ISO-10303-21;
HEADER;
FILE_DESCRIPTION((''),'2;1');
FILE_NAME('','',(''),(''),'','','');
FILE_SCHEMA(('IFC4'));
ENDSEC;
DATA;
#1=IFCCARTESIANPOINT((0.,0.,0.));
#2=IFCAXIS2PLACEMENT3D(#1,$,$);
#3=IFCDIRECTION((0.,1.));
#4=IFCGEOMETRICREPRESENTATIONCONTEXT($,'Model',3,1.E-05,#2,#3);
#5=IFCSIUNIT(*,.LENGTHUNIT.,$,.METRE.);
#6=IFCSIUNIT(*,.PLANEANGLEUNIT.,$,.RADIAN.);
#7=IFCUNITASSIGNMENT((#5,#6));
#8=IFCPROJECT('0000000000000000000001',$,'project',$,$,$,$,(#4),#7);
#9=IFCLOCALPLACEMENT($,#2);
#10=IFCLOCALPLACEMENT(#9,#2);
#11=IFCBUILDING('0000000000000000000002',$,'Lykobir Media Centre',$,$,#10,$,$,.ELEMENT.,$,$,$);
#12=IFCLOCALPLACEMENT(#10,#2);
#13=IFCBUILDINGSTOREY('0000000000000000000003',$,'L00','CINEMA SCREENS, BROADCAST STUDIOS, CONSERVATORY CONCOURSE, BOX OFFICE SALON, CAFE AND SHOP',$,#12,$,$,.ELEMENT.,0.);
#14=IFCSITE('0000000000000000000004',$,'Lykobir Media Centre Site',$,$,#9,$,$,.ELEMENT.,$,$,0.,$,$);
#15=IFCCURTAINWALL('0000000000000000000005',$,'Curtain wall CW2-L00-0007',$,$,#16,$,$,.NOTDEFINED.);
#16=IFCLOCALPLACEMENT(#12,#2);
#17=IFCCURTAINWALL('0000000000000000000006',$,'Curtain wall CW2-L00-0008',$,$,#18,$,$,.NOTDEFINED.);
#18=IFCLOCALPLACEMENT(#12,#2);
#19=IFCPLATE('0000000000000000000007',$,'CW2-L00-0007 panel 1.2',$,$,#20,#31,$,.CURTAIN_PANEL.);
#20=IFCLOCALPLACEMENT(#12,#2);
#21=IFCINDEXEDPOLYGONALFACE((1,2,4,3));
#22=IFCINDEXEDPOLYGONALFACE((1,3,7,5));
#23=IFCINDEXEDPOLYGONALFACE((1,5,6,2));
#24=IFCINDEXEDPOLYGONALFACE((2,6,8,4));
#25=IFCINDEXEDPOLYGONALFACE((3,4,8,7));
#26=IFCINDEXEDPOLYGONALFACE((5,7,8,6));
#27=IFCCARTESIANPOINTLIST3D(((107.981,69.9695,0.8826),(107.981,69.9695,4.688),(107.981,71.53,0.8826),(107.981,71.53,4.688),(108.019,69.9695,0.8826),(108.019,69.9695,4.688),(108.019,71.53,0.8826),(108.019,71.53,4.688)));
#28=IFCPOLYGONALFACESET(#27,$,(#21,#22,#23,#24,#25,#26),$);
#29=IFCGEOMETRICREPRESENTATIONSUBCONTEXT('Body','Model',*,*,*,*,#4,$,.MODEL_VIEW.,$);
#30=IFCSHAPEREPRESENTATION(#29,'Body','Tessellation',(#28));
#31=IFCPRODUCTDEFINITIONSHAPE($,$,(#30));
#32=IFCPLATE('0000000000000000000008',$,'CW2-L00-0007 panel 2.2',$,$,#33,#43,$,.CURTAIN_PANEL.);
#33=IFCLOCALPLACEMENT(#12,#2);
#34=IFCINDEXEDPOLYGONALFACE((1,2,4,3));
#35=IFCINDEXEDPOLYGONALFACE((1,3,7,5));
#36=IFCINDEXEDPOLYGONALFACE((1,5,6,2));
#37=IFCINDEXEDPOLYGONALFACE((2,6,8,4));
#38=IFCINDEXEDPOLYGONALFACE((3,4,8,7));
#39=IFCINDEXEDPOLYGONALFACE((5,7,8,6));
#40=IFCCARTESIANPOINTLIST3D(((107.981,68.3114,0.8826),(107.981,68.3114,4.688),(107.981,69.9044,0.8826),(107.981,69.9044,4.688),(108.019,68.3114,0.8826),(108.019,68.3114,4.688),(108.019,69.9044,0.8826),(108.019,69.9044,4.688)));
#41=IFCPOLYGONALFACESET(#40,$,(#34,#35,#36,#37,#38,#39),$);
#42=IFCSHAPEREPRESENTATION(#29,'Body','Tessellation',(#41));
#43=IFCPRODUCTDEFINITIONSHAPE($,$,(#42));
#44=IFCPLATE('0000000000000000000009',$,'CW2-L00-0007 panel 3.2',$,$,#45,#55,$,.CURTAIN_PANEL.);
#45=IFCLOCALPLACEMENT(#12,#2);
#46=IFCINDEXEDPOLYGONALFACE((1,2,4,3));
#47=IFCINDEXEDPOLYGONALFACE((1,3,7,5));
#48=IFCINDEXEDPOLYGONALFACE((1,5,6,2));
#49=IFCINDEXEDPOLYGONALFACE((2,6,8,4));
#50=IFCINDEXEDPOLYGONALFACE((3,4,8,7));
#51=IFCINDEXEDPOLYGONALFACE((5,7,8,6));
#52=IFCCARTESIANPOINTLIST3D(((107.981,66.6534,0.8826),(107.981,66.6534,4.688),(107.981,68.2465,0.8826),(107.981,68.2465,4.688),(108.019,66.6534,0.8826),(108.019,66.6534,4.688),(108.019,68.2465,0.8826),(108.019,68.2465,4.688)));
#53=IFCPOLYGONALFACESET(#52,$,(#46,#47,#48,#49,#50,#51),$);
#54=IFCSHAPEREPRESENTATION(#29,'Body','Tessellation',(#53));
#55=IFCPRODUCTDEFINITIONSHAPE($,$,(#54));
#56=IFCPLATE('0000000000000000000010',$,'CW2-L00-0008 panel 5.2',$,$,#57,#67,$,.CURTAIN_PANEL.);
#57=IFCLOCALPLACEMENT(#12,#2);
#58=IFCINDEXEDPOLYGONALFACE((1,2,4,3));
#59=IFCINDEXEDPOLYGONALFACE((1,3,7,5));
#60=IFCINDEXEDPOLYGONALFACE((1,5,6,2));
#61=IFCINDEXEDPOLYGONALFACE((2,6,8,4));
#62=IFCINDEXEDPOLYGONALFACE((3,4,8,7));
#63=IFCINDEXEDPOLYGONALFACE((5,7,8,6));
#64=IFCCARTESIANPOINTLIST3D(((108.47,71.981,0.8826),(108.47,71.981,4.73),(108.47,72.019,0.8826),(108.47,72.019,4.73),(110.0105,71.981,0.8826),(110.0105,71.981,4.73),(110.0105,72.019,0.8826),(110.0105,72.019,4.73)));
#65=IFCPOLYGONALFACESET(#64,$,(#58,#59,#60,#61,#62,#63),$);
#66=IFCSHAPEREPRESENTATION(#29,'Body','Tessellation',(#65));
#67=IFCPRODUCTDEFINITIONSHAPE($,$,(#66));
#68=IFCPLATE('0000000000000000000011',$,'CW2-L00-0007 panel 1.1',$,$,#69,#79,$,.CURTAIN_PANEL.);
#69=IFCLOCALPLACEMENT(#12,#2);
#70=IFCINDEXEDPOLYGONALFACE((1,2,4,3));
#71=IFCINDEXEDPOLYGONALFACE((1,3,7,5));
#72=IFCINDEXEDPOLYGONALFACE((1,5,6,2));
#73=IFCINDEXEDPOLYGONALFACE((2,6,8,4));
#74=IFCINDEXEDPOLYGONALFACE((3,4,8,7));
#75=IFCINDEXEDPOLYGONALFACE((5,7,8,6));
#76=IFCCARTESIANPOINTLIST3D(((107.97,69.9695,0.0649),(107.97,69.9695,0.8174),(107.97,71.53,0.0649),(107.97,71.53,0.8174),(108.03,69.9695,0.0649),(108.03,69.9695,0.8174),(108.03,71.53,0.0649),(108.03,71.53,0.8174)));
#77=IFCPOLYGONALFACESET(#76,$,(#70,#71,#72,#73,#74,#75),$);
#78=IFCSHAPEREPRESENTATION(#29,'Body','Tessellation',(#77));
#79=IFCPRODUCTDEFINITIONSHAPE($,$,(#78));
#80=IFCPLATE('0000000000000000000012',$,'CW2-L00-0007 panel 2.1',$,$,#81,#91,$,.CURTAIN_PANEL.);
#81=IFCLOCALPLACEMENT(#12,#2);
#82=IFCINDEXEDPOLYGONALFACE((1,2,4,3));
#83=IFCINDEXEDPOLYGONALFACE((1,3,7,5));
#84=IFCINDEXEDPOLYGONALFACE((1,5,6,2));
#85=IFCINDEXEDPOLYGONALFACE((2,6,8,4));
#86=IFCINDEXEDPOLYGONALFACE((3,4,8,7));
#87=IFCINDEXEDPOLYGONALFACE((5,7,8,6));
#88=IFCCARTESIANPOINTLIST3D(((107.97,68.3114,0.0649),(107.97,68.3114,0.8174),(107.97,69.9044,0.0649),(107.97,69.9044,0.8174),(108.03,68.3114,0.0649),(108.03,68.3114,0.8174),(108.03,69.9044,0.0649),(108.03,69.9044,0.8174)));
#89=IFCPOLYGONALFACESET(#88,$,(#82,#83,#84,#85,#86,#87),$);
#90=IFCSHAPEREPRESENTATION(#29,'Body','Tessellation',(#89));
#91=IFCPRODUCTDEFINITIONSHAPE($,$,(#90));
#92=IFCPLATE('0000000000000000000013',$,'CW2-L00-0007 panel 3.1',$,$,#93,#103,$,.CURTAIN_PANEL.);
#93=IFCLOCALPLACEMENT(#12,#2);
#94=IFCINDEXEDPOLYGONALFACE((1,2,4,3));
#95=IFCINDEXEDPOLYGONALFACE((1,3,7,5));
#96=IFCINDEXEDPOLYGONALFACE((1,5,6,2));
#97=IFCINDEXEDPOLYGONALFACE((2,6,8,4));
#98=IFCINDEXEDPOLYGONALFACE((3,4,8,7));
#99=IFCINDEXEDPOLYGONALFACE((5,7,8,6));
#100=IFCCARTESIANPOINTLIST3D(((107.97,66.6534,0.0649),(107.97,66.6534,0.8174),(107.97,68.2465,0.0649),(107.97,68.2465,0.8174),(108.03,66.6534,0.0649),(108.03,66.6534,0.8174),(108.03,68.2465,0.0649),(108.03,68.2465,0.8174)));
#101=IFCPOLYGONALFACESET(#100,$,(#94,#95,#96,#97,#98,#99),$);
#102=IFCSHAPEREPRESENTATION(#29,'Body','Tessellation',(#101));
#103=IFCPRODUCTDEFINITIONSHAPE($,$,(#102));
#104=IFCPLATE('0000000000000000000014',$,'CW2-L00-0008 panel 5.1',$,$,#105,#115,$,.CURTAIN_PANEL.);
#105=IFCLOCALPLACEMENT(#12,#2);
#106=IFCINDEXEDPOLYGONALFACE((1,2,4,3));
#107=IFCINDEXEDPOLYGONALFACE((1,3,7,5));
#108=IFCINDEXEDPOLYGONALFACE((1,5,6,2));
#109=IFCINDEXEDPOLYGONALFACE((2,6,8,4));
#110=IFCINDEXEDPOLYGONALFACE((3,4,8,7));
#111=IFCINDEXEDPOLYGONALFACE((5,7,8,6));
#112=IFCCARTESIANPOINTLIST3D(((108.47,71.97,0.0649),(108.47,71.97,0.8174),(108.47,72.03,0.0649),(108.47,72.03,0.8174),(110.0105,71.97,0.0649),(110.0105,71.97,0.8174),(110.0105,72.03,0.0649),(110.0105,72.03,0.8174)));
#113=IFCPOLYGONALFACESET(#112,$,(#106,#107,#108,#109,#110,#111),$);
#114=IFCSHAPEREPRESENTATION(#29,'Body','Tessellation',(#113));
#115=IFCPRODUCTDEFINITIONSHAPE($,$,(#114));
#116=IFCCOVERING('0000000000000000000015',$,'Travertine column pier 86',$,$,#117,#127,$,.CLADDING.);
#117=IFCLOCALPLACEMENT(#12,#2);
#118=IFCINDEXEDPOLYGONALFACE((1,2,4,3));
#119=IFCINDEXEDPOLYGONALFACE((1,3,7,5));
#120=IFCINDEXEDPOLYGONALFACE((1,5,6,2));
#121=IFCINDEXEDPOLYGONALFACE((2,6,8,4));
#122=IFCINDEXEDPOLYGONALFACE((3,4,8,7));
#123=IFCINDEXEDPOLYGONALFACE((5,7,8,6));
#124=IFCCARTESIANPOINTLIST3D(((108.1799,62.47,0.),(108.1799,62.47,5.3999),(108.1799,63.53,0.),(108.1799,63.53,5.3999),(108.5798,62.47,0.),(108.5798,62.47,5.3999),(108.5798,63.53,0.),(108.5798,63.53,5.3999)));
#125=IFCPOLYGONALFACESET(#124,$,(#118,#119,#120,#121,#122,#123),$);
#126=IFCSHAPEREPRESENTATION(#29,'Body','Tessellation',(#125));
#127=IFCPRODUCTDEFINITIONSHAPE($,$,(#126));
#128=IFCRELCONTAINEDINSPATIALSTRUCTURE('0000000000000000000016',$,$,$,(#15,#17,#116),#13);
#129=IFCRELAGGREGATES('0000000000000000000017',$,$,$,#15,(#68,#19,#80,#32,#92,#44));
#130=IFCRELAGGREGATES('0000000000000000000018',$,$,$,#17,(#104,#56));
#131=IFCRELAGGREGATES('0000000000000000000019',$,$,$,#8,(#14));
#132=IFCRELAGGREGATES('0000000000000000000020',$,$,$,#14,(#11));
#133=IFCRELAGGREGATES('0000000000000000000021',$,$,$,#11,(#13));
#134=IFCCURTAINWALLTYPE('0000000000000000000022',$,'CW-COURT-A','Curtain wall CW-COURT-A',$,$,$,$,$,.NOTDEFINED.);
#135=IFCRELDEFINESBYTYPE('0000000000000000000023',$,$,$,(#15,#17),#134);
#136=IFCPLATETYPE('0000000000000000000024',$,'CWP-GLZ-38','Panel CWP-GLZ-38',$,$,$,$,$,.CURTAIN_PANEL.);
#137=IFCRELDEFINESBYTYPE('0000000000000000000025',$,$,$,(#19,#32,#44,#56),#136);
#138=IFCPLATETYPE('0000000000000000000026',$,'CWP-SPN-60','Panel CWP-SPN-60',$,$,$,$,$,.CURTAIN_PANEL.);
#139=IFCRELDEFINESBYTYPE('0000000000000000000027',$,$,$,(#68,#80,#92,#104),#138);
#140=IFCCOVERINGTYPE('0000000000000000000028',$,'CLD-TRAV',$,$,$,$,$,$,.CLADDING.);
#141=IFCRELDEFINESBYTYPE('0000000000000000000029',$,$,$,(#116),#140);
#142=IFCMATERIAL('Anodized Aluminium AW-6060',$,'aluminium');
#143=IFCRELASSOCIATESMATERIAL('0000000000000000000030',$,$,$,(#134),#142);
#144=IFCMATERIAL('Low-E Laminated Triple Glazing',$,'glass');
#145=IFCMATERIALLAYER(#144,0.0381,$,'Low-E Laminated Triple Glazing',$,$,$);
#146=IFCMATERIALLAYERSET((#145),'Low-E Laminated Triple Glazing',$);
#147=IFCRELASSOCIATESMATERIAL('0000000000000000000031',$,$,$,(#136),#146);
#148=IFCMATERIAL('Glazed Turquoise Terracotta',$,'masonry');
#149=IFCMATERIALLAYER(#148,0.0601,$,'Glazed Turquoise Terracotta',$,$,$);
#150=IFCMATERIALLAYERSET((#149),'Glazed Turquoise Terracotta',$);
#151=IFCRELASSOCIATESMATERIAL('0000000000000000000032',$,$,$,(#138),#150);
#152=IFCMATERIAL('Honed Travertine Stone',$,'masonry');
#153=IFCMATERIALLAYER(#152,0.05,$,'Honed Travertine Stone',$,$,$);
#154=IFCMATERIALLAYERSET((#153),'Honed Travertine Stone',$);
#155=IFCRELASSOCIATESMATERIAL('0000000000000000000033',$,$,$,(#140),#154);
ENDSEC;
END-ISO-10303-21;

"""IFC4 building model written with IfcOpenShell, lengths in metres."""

from ifc_helpers import new_model, si_unit, direction, frame, origin, origin_2d, place, context, subcontext, project, spatial, rectangle, extrude, material, layer, layer_set, type_object, element, aggregate, save


model = new_model("IFC4")

# Units and contexts
model_context = context("Model", 3, precision=1e-05, world=origin(), true_north=direction((0.0, 1.0)))
body_context = subcontext(model_context, "Body", "Model", "MODEL_VIEW")
ifc_project = project(units=[si_unit("LENGTHUNIT", "METRE"), si_unit("PLANEANGLEUNIT", "RADIAN")], contexts=[model_context])

# Site, building, storey
site_placement = place(None, origin())
site = spatial("IfcSite", under=ifc_project, at=site_placement, Name="Lykobir Media Centre Site", CompositionType="ELEMENT", RefElevation=0.0)
building_placement = place(site_placement, origin())
building = spatial("IfcBuilding", under=site, at=building_placement, Name="Lykobir Media Centre", CompositionType="ELEMENT")
storey_placement = place(building_placement, origin())
storey = spatial("IfcBuildingStorey", under=building, at=storey_placement, Name="L00", Description="CINEMA SCREENS, BROADCAST STUDIOS, CONSERVATORY CONCOURSE, BOX OFFICE SALON, CAFE AND SHOP", CompositionType="ELEMENT", Elevation=0.0)

# Curtain walls
ifc_material_1 = material(Name="Anodized Aluminium AW-6060", Category="aluminium")
curtain_wall_type = type_object("IfcCurtainWallType", Name="CW-COURT-A", Description="Curtain wall CW-COURT-A", PredefinedType="NOTDEFINED", material=ifc_material_1)
curtain_wall_1_placement = place(storey_placement, origin())
curtain_wall_1 = element("IfcCurtainWall", 1, at=curtain_wall_1_placement, inside=storey, type_object=curtain_wall_type, Name="Curtain wall CW2-L00-0007", PredefinedType="NOTDEFINED")
curtain_wall_2_placement = place(storey_placement, origin())
curtain_wall_2 = element("IfcCurtainWall", 2, at=curtain_wall_2_placement, inside=storey, type_object=curtain_wall_type, Name="Curtain wall CW2-L00-0008", PredefinedType="NOTDEFINED")

# Plates
ifc_material_2 = material(Name="Low-E Laminated Triple Glazing", Category="glass")
ifc_layer_1 = layer(ifc_material_2, 0.0381, Name="Low-E Laminated Triple Glazing")
ifc_layer_set_1 = layer_set([ifc_layer_1], Name="Low-E Laminated Triple Glazing")
plate_type_1 = type_object("IfcPlateType", Name="CWP-GLZ-38", Description="Panel CWP-GLZ-38", PredefinedType="CURTAIN_PANEL", material=ifc_layer_set_1)
plate_1_placement = place(storey_placement, frame((108.0, 70.7498, 0.8826), z_axis=(0.0, 0.0, 1.0), x_axis=(0.0, -1.0, 0.0)))
plate_1 = element("IfcPlate", 3, at=plate_1_placement, type_object=plate_type_1, Name="CW2-L00-0007 panel 1.2", PredefinedType="CURTAIN_PANEL", context=body_context, shape_type="SweptSolid", body=[
    extrude(rectangle(XDim=1.5605, YDim=0.0381, at=origin_2d()), origin(), (0.0, 0.0, 1.0), 3.8054),
])
plate_2_placement = place(storey_placement, frame((108.0, 69.1079, 0.8826), z_axis=(0.0, 0.0, 1.0), x_axis=(0.0, -1.0, 0.0)))
plate_2 = element("IfcPlate", 4, at=plate_2_placement, type_object=plate_type_1, Name="CW2-L00-0007 panel 2.2", PredefinedType="CURTAIN_PANEL", context=body_context, shape_type="SweptSolid", body=[
    extrude(rectangle(XDim=1.593, YDim=0.0381, at=origin_2d()), origin(), (0.0, 0.0, 1.0), 3.8054),
])
plate_3_placement = place(storey_placement, frame((108.0, 67.45, 0.8826), z_axis=(0.0, 0.0, 1.0), x_axis=(0.0, -1.0, 0.0)))
plate_3 = element("IfcPlate", 5, at=plate_3_placement, type_object=plate_type_1, Name="CW2-L00-0007 panel 3.2", PredefinedType="CURTAIN_PANEL", context=body_context, shape_type="SweptSolid", body=[
    extrude(rectangle(XDim=1.593, YDim=0.0381, at=origin_2d()), origin(), (0.0, 0.0, 1.0), 3.8054),
])
plate_4_placement = place(storey_placement, frame((109.2402, 72.0, 0.8826), z_axis=(0.0, 0.0, 1.0), x_axis=(-1.0, 0.0, 0.0)))
plate_4 = element("IfcPlate", 6, at=plate_4_placement, type_object=plate_type_1, Name="CW2-L00-0008 panel 5.2", PredefinedType="CURTAIN_PANEL", context=body_context, shape_type="SweptSolid", body=[
    extrude(rectangle(XDim=1.5405, YDim=0.0381, at=origin_2d()), origin(), (0.0, 0.0, 1.0), 3.8474),
])
ifc_material_3 = material(Name="Glazed Turquoise Terracotta", Category="masonry")
ifc_layer_2 = layer(ifc_material_3, 0.0601, Name="Glazed Turquoise Terracotta")
ifc_layer_set_2 = layer_set([ifc_layer_2], Name="Glazed Turquoise Terracotta")
plate_type_2 = type_object("IfcPlateType", Name="CWP-SPN-60", Description="Panel CWP-SPN-60", PredefinedType="CURTAIN_PANEL", material=ifc_layer_set_2)
plate_5_placement = place(storey_placement, frame((108.0, 70.7498, 0.0649), z_axis=(0.0, 0.0, 1.0), x_axis=(0.0, -1.0, 0.0)))
plate_5 = element("IfcPlate", 7, at=plate_5_placement, type_object=plate_type_2, Name="CW2-L00-0007 panel 1.1", PredefinedType="CURTAIN_PANEL", context=body_context, shape_type="SweptSolid", body=[
    extrude(rectangle(XDim=1.5605, YDim=0.0601, at=origin_2d()), origin(), (0.0, 0.0, 1.0), 0.7524),
])
plate_6_placement = place(storey_placement, frame((108.0, 69.1079, 0.0649), z_axis=(0.0, 0.0, 1.0), x_axis=(0.0, -1.0, 0.0)))
plate_6 = element("IfcPlate", 8, at=plate_6_placement, type_object=plate_type_2, Name="CW2-L00-0007 panel 2.1", PredefinedType="CURTAIN_PANEL", context=body_context, shape_type="SweptSolid", body=[
    extrude(rectangle(XDim=1.593, YDim=0.0601, at=origin_2d()), origin(), (0.0, 0.0, 1.0), 0.7524),
])
plate_7_placement = place(storey_placement, frame((108.0, 67.45, 0.0649), z_axis=(0.0, 0.0, 1.0), x_axis=(0.0, -1.0, 0.0)))
plate_7 = element("IfcPlate", 9, at=plate_7_placement, type_object=plate_type_2, Name="CW2-L00-0007 panel 3.1", PredefinedType="CURTAIN_PANEL", context=body_context, shape_type="SweptSolid", body=[
    extrude(rectangle(XDim=1.593, YDim=0.0601, at=origin_2d()), origin(), (0.0, 0.0, 1.0), 0.7524),
])
aggregate(curtain_wall_1, [plate_5, plate_1, plate_6, plate_2, plate_7, plate_3])
plate_8_placement = place(storey_placement, frame((109.2402, 72.0, 0.0649), z_axis=(0.0, 0.0, 1.0), x_axis=(-1.0, 0.0, 0.0)))
plate_8 = element("IfcPlate", 10, at=plate_8_placement, type_object=plate_type_2, Name="CW2-L00-0008 panel 5.1", PredefinedType="CURTAIN_PANEL", context=body_context, shape_type="SweptSolid", body=[
    extrude(rectangle(XDim=1.5405, YDim=0.0601, at=origin_2d()), origin(), (0.0, 0.0, 1.0), 0.7524),
])
aggregate(curtain_wall_2, [plate_8, plate_4])

# Covering
ifc_material_4 = material(Name="Honed Travertine Stone", Category="masonry")
ifc_layer_3 = layer(ifc_material_4, 0.05, Name="Honed Travertine Stone")
ifc_layer_set_3 = layer_set([ifc_layer_3], Name="Honed Travertine Stone")
covering_type = type_object("IfcCoveringType", Name="CLD-TRAV", PredefinedType="CLADDING", material=ifc_layer_set_3)
covering_placement = place(storey_placement, frame((108.3799, 63.0, 0.0), z_axis=(0.0, 0.0, 1.0), x_axis=(0.0, 1.0, 0.0)))
element("IfcCovering", 11, at=covering_placement, inside=storey, type_object=covering_type, Name="Travertine column pier 86", PredefinedType="CLADDING", context=body_context, shape_type="SweptSolid", body=[
    extrude(rectangle(XDim=1.0601, YDim=0.3999, at=origin_2d()), origin(), (0.0, 0.0, 1.0), 5.3999),
])

save(model, "model.ifc")
